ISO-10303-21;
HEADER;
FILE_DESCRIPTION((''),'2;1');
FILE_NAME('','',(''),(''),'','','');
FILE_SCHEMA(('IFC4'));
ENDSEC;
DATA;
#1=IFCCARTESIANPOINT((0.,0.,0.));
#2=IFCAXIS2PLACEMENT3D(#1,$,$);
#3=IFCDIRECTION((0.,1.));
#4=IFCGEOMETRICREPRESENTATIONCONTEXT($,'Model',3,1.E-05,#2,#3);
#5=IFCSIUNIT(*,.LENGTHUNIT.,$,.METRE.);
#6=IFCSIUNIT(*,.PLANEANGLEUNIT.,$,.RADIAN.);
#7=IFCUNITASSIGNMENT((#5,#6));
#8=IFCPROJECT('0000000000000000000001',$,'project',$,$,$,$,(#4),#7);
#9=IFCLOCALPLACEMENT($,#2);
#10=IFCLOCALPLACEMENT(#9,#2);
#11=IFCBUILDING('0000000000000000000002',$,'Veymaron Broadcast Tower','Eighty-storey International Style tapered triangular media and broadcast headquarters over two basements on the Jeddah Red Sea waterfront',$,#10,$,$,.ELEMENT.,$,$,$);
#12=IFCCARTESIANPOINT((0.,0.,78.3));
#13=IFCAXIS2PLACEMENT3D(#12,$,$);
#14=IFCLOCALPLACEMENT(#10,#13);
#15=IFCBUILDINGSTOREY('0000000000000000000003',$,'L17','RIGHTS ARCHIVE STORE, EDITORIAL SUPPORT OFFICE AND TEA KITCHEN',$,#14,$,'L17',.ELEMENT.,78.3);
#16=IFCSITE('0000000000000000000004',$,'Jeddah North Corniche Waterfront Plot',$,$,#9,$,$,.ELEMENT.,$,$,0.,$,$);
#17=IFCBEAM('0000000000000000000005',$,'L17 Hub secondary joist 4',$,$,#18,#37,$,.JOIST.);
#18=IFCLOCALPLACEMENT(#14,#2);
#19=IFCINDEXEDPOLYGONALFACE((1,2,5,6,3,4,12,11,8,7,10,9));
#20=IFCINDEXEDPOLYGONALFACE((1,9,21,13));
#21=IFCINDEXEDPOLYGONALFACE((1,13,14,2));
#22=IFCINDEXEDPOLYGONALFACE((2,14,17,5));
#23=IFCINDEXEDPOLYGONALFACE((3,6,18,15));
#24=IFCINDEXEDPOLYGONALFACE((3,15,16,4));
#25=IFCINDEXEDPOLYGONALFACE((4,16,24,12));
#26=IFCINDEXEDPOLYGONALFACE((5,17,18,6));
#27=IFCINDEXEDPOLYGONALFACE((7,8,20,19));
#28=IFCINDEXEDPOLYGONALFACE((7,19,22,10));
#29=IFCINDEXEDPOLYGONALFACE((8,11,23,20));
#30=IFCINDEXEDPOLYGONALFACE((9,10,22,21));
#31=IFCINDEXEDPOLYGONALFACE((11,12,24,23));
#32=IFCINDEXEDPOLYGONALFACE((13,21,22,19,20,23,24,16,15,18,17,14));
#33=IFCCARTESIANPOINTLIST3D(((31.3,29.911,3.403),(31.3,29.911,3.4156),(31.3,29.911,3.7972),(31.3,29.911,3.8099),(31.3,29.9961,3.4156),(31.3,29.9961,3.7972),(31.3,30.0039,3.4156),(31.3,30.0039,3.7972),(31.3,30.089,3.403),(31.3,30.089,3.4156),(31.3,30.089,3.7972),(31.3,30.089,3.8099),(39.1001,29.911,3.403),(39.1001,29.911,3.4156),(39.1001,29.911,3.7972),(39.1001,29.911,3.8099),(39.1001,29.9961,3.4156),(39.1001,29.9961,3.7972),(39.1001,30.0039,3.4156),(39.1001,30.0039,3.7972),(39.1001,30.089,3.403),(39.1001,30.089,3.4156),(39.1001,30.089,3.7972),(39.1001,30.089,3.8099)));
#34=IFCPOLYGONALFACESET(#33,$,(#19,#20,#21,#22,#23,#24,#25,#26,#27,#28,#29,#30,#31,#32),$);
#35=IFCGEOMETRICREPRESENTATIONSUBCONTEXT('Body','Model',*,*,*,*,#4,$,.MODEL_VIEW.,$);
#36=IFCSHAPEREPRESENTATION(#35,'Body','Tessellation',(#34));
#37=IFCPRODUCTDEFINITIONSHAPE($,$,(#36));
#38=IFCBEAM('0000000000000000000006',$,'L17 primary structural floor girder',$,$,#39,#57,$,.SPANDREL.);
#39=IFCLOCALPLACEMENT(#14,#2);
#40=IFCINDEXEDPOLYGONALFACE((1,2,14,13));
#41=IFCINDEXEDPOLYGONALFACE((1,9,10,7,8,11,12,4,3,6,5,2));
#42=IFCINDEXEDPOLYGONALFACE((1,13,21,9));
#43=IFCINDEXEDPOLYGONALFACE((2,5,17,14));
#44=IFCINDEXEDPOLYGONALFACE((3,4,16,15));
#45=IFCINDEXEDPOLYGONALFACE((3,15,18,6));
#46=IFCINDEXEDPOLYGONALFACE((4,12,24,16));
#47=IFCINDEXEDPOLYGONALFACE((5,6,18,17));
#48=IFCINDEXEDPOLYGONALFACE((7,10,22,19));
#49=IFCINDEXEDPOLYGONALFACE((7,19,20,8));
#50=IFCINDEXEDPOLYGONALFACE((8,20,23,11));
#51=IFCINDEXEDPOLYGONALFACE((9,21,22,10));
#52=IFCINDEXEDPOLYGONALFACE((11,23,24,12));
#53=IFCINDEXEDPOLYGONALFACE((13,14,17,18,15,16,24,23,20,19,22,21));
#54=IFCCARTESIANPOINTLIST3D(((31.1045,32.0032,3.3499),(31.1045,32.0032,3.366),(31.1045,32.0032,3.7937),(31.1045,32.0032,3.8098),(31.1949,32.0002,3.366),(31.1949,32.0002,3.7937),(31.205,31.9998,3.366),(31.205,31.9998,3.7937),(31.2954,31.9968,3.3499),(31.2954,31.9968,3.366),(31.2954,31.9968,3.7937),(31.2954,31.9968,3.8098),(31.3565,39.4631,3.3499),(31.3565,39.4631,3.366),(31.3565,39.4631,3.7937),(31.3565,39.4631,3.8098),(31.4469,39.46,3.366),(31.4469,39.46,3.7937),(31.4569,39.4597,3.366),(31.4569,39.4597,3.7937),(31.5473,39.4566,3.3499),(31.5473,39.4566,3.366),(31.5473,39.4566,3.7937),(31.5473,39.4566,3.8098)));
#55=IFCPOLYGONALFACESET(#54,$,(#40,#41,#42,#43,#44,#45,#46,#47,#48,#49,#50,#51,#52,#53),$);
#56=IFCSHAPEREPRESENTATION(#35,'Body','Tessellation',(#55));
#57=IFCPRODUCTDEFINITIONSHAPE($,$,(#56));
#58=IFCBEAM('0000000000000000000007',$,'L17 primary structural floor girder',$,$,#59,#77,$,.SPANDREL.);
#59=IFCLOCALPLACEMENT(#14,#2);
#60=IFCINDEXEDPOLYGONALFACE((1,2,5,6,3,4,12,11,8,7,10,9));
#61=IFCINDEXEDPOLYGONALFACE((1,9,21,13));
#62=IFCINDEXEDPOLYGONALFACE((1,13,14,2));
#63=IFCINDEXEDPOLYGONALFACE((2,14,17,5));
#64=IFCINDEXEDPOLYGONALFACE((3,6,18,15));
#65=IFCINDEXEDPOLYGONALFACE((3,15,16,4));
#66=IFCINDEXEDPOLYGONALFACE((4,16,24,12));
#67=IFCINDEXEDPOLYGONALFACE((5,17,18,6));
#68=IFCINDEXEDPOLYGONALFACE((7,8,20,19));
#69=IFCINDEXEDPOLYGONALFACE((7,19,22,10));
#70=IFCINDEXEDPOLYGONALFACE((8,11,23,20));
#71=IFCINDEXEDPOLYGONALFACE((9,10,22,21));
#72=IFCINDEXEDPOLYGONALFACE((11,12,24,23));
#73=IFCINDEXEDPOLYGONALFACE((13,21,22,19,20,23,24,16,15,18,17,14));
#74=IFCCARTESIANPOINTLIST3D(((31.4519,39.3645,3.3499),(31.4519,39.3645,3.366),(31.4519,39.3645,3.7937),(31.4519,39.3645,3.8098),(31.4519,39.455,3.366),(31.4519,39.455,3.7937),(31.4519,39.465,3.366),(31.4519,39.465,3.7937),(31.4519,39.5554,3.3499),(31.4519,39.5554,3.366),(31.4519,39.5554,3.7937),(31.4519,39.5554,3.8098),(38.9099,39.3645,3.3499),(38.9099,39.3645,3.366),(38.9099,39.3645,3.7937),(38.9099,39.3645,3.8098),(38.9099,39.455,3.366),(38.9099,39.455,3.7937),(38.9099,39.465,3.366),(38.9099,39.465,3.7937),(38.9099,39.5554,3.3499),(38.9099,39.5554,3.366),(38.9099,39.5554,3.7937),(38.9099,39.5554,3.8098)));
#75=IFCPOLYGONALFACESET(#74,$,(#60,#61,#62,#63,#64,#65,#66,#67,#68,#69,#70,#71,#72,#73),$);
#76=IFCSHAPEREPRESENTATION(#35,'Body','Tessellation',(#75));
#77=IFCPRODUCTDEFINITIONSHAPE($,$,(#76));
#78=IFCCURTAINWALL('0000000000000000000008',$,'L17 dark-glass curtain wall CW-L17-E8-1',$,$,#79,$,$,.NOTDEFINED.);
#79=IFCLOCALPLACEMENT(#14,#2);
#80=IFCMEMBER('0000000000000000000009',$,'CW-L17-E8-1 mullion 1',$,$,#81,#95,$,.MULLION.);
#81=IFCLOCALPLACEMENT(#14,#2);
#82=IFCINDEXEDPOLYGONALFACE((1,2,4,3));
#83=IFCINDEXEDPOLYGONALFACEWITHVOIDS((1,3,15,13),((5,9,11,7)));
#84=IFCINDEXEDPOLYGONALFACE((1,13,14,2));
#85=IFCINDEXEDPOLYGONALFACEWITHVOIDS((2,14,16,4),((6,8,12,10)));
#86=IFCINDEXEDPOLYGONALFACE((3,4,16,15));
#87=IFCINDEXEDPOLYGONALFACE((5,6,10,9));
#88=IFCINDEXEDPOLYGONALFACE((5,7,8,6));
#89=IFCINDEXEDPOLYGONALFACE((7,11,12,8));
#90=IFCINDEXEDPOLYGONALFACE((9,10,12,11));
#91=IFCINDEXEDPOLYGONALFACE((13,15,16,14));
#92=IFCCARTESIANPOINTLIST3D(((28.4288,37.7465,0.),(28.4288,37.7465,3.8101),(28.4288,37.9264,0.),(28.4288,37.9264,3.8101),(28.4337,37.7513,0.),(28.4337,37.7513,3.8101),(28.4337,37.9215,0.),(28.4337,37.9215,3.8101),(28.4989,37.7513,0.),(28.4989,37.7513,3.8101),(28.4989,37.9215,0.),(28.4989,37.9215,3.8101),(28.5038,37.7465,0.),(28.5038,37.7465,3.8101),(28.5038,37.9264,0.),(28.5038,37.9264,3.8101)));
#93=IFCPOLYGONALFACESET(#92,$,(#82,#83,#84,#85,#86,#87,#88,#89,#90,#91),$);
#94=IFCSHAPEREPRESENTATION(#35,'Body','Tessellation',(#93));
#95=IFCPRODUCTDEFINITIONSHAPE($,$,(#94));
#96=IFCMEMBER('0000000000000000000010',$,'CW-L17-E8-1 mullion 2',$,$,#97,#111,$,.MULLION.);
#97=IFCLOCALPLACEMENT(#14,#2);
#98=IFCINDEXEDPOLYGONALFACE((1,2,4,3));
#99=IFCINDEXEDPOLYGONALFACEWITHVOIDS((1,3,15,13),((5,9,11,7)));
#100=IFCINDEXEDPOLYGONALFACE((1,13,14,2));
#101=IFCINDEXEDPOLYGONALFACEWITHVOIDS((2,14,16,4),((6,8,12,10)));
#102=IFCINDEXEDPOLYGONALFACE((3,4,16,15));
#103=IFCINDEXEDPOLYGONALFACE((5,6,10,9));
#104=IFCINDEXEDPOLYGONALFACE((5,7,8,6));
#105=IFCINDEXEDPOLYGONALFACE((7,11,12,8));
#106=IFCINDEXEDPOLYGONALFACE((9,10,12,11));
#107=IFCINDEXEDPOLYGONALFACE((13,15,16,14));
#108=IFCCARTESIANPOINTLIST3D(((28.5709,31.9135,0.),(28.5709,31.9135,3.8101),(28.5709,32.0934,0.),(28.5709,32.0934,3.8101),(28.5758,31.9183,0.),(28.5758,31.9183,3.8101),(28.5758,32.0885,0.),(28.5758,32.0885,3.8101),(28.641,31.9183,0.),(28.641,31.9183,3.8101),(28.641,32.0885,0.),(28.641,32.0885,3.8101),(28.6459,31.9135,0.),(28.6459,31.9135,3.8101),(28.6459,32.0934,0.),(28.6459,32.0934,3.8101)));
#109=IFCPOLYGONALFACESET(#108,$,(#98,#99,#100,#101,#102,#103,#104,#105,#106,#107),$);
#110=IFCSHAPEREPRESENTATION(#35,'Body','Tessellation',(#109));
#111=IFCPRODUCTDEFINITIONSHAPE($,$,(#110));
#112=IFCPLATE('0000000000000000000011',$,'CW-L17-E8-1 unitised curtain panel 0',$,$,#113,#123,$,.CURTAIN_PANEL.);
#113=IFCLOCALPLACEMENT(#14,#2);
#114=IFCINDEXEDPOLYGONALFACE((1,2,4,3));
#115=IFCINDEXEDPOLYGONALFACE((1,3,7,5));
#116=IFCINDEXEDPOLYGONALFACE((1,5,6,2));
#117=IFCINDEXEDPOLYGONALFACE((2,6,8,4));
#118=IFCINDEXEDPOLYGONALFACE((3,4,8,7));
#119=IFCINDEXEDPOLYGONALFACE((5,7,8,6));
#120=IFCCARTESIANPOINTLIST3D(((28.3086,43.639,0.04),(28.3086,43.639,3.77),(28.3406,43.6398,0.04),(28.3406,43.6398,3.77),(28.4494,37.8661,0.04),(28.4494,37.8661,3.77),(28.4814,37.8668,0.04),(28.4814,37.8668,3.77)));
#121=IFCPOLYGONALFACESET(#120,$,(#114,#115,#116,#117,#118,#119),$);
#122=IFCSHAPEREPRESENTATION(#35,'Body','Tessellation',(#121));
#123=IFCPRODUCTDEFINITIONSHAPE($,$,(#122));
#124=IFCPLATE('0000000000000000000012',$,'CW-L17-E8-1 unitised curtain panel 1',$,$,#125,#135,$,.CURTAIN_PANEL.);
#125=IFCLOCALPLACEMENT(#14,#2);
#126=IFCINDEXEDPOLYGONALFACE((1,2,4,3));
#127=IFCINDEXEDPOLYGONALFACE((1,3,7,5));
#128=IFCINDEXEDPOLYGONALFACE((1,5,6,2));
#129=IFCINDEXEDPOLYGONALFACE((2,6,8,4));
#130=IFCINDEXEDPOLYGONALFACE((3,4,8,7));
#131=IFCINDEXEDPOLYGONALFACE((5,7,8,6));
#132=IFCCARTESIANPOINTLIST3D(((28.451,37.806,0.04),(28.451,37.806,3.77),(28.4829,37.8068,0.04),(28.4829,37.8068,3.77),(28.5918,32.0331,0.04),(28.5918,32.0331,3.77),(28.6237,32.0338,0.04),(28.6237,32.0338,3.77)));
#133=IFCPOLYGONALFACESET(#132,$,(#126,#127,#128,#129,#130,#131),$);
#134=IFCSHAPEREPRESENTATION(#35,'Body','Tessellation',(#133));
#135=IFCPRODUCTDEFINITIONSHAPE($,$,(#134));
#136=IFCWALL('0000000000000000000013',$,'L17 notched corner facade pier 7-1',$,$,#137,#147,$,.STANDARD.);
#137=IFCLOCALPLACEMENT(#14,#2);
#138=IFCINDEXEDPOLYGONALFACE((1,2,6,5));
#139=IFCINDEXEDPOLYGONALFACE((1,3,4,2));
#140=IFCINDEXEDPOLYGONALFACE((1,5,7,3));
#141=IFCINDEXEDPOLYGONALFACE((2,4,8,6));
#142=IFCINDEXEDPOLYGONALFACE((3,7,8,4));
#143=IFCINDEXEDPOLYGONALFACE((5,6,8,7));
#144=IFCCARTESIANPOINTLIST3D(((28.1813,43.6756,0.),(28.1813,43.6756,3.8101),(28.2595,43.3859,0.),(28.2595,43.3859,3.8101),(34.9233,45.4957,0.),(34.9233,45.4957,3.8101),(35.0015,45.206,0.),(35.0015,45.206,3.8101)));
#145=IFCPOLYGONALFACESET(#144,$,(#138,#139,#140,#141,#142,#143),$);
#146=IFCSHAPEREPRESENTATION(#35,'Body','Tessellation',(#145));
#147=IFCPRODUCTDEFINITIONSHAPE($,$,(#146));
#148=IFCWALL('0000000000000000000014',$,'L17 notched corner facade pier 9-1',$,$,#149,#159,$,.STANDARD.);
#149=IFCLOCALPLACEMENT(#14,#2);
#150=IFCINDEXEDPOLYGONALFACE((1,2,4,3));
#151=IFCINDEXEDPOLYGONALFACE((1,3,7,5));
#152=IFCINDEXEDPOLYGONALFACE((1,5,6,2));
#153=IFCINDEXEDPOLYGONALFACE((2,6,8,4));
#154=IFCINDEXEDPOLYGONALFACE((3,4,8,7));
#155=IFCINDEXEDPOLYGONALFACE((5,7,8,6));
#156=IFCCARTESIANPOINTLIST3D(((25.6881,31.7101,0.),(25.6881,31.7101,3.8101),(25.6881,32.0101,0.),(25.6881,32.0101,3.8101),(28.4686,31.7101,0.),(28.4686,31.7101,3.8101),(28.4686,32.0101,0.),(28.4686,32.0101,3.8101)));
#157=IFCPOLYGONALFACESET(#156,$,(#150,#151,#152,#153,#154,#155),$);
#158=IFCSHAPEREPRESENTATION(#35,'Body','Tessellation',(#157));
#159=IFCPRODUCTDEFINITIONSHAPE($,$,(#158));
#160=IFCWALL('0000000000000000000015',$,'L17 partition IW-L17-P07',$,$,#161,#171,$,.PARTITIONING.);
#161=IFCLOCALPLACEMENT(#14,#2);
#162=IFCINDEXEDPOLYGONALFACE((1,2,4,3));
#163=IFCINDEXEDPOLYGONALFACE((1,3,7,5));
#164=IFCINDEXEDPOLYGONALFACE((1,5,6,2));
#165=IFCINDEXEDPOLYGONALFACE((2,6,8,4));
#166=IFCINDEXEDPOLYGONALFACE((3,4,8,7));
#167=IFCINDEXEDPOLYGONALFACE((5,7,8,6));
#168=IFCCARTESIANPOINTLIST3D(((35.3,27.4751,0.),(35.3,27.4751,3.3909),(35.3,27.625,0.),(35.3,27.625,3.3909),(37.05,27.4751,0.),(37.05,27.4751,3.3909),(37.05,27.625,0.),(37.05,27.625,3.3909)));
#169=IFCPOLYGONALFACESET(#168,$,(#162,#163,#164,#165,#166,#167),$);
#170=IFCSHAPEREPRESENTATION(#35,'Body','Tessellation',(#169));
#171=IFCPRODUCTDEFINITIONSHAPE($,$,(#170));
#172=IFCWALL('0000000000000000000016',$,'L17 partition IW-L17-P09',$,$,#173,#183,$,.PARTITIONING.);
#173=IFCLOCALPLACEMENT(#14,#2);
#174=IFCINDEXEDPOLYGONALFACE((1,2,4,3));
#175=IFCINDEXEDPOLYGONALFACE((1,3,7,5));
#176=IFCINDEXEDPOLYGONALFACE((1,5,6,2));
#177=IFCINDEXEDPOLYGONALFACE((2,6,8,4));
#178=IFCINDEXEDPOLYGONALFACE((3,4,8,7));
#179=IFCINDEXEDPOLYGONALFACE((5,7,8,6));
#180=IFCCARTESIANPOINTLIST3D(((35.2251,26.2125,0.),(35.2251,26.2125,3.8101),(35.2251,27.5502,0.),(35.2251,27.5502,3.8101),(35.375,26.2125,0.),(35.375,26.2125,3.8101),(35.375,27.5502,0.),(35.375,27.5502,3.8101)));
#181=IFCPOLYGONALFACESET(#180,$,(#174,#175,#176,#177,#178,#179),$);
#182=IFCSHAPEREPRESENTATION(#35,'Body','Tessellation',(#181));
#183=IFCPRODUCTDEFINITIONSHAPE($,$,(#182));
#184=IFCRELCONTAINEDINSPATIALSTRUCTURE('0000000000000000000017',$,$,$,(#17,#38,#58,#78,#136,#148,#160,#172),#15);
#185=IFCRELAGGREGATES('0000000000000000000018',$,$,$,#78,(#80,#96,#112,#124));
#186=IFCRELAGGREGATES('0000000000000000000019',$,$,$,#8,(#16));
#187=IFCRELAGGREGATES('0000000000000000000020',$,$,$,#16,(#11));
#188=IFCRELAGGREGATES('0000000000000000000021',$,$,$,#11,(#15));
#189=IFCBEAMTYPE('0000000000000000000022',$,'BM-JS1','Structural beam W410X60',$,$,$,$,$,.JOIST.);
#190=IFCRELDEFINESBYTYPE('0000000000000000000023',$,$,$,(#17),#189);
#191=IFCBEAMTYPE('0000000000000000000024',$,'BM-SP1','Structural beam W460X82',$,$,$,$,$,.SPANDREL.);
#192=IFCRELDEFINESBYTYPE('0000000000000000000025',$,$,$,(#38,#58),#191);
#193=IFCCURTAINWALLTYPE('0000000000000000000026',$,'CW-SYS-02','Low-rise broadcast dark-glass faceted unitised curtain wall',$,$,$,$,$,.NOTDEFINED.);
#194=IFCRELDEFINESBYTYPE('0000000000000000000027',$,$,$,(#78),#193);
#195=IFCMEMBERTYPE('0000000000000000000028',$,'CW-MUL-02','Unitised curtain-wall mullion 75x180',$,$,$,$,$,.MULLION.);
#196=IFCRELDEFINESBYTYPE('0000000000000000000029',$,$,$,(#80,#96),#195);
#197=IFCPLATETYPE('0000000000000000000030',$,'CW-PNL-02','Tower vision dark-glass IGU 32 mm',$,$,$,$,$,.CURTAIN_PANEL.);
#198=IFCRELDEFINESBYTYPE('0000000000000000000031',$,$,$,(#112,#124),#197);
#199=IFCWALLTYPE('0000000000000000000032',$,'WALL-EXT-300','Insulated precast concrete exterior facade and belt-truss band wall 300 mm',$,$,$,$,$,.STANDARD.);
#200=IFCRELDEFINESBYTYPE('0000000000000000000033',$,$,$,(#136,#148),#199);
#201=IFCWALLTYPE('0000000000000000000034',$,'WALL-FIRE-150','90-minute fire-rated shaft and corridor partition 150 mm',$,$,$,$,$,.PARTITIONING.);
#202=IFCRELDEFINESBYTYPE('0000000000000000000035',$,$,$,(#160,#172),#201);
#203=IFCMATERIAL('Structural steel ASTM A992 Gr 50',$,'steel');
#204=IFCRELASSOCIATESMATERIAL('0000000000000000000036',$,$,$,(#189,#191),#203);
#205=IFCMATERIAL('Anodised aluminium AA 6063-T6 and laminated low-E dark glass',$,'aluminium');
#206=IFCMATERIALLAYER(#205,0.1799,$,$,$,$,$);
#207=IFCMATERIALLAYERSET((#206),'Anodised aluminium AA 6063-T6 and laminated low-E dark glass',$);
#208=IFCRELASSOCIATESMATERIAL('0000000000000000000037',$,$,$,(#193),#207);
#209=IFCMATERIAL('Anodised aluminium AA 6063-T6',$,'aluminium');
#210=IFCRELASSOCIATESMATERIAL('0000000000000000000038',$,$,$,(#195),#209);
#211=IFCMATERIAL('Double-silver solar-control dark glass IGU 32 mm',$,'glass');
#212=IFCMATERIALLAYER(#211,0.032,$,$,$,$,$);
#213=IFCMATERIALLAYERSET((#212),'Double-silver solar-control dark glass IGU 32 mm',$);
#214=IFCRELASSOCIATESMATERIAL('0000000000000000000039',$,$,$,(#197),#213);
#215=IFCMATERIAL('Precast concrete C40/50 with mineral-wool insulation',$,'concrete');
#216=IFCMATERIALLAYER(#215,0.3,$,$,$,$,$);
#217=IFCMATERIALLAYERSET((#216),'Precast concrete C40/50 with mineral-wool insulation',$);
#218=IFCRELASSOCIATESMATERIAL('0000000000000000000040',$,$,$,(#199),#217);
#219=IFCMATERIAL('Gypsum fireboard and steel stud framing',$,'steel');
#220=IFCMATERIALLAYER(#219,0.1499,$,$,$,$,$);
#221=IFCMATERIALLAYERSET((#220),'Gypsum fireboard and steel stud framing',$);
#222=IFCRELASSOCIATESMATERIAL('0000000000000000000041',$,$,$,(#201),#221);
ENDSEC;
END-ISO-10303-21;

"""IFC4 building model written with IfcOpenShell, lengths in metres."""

from ifc_helpers import new_model, si_unit, direction, frame, frame_2d, origin, origin_2d, place, context, subcontext, project, spatial, rectangle, hollow_rectangle, i_section, extrude, material, layer, layer_set, material_profile, profile_set, type_object, element, aggregate, save


model = new_model("IFC4")

# Units and contexts
model_context = context("Model", 3, precision=1e-05, world=origin(), true_north=direction((0.0, 1.0)))
body_context = subcontext(model_context, "Body", "Model", "MODEL_VIEW")
ifc_project = project(units=[si_unit("LENGTHUNIT", "METRE"), si_unit("PLANEANGLEUNIT", "RADIAN")], contexts=[model_context])

# Site, building, storey
site_placement = place(None, origin())
site = spatial("IfcSite", under=ifc_project, at=site_placement, Name="Jeddah North Corniche Waterfront Plot", CompositionType="ELEMENT", RefElevation=0.0)
building_placement = place(site_placement, origin())
building = spatial("IfcBuilding", under=site, at=building_placement, Name="Veymaron Broadcast Tower", Description="Eighty-storey International Style tapered triangular media and broadcast headquarters over two basements on the Jeddah Red Sea waterfront", CompositionType="ELEMENT")
storey_placement = place(building_placement, frame((0.0, 0.0, 78.3)))
storey = spatial("IfcBuildingStorey", under=building, at=storey_placement, Name="L17", Description="RIGHTS ARCHIVE STORE, EDITORIAL SUPPORT OFFICE AND TEA KITCHEN", LongName="L17", CompositionType="ELEMENT", Elevation=78.3)

# Beams
ifc_material_1 = material(Name="Structural steel ASTM A992 Gr 50", Category="steel")
ifc_material_profile_1 = material_profile(ifc_material_1, i_section(OverallWidth=0.178, OverallDepth=0.407, WebThickness=0.0078, FlangeThickness=0.0127, at=origin_2d()), Name="W410X60")
ifc_profile_set_1 = profile_set([ifc_material_profile_1], Name="Structural steel ASTM A992 Gr 50")
beam_type_1 = type_object("IfcBeamType", Name="BM-JS1", Description="Structural beam W410X60", PredefinedType="JOIST", material=ifc_profile_set_1)
for number, where, z_axis, x_axis, name in (
    (1, (31.3, 30.0, 3.6064), (1.0, 0.0, 0.0), (0.0, 1.0, 0.0), "L17 Hub secondary joist 4"),
):
    element("IfcBeam", number, at=place(storey_placement, frame(where, z_axis=z_axis, x_axis=x_axis)), inside=storey, type_object=beam_type_1, Name=name, PredefinedType="JOIST", context=body_context, shape_type="SweptSolid", body=[
        extrude(i_section(OverallWidth=0.178, OverallDepth=0.407, WebThickness=0.0078, FlangeThickness=0.0127, at=origin_2d()), origin(), (0.0, 0.0, 1.0), 7.8),
    ])
ifc_material_profile_2 = material_profile(ifc_material_1, i_section(OverallWidth=0.1909, OverallDepth=0.46, WebThickness=0.01, FlangeThickness=0.0161, at=origin_2d()), Name="W460X82")
ifc_profile_set_2 = profile_set([ifc_material_profile_2], Name="Structural steel ASTM A992 Gr 50")
beam_type_2 = type_object("IfcBeamType", Name="BM-SP1", Description="Structural beam W460X82", PredefinedType="SPANDREL", material=ifc_profile_set_2)
beam_1_placement = place(storey_placement, frame((31.2, 32.0, 3.5798), z_axis=(0.033755, 0.99943, 0.0), x_axis=(-0.99943, 0.033755, 0.0)))
element("IfcBeam", 2, at=beam_1_placement, inside=storey, type_object=beam_type_2, Name="L17 primary structural floor girder", PredefinedType="SPANDREL", context=body_context, shape_type="SweptSolid", body=[
    extrude(i_section(OverallWidth=0.1909, OverallDepth=0.46, WebThickness=0.01, FlangeThickness=0.0161, at=origin_2d()), origin(), (0.0, 0.0, 1.0), 7.4641),
])
beam_2_placement = place(storey_placement, frame((31.4519, 39.46, 3.5798), z_axis=(1.0, 0.0, 0.0), x_axis=(0.0, 1.0, 0.0)))
element("IfcBeam", 3, at=beam_2_placement, inside=storey, type_object=beam_type_2, Name="L17 primary structural floor girder", PredefinedType="SPANDREL", context=body_context, shape_type="SweptSolid", body=[
    extrude(i_section(OverallWidth=0.1909, OverallDepth=0.46, WebThickness=0.01, FlangeThickness=0.0161, at=origin_2d()), origin(), (0.0, 0.0, 1.0), 7.458),
])

# Curtain wall, members, plates
ifc_material_2 = material(Name="Anodised aluminium AA 6063-T6 and laminated low-E dark glass", Category="aluminium")
ifc_layer_1 = layer(ifc_material_2, 0.1799)
ifc_layer_set_1 = layer_set([ifc_layer_1], Name="Anodised aluminium AA 6063-T6 and laminated low-E dark glass")
curtain_wall_type = type_object("IfcCurtainWallType", Name="CW-SYS-02", Description="Low-rise broadcast dark-glass faceted unitised curtain wall", PredefinedType="NOTDEFINED", material=ifc_layer_set_1)
curtain_wall_placement = place(storey_placement, origin())
curtain_wall = element("IfcCurtainWall", 4, at=curtain_wall_placement, inside=storey, type_object=curtain_wall_type, Name="L17 dark-glass curtain wall CW-L17-E8-1", PredefinedType="NOTDEFINED")
ifc_material_3 = material(Name="Anodised aluminium AA 6063-T6", Category="aluminium")
ifc_material_profile_3 = material_profile(ifc_material_3, hollow_rectangle(XDim=0.075, YDim=0.1799, WallThickness=0.0049, at=origin_2d()), Name="AL180X75X5")
ifc_profile_set_3 = profile_set([ifc_material_profile_3], Name="Anodised aluminium AA 6063-T6")
member_type = type_object("IfcMemberType", Name="CW-MUL-02", Description="Unitised curtain-wall mullion 75x180", PredefinedType="MULLION", material=ifc_profile_set_3)
member_1_placement = place(storey_placement, frame((28.4663, 37.8364, 0.0), z_axis=(0.0, 0.0, 1.0), x_axis=(1.0, 0.0, 0.0)))
member_1 = element("IfcMember", 5, at=member_1_placement, type_object=member_type, Name="CW-L17-E8-1 mullion 1", PredefinedType="MULLION", context=body_context, shape_type="SweptSolid", body=[
    extrude(hollow_rectangle(XDim=0.075, YDim=0.1799, WallThickness=0.0049, at=origin_2d()), origin(), (0.0, 0.0, 1.0), 3.8101),
])
member_2_placement = place(storey_placement, frame((28.6084, 32.0034, 0.0), z_axis=(0.0, 0.0, 1.0), x_axis=(1.0, 0.0, 0.0)))
member_2 = element("IfcMember", 6, at=member_2_placement, type_object=member_type, Name="CW-L17-E8-1 mullion 2", PredefinedType="MULLION", context=body_context, shape_type="SweptSolid", body=[
    extrude(hollow_rectangle(XDim=0.075, YDim=0.1799, WallThickness=0.0049, at=origin_2d()), origin(), (0.0, 0.0, 1.0), 3.8101),
])
ifc_material_4 = material(Name="Double-silver solar-control dark glass IGU 32 mm", Category="glass")
ifc_layer_2 = layer(ifc_material_4, 0.032)
ifc_layer_set_2 = layer_set([ifc_layer_2], Name="Double-silver solar-control dark glass IGU 32 mm")
plate_type = type_object("IfcPlateType", Name="CW-PNL-02", Description="Tower vision dark-glass IGU 32 mm", PredefinedType="CURTAIN_PANEL", material=ifc_layer_set_2)
plate_1_placement = place(storey_placement, frame((28.395, 40.7529, 0.04), z_axis=(0.0, 0.0, 1.0), x_axis=(0.02438, -0.999703, 0.0)))
plate_1 = element("IfcPlate", 7, at=plate_1_placement, type_object=plate_type, Name="CW-L17-E8-1 unitised curtain panel 0", PredefinedType="CURTAIN_PANEL", context=body_context, shape_type="SweptSolid", body=[
    extrude(rectangle(XDim=5.7747, YDim=0.032, at=origin_2d()), origin(), (0.0, 0.0, 1.0), 3.73),
])
plate_2_placement = place(storey_placement, frame((28.5374, 34.9199, 0.04), z_axis=(0.0, 0.0, 1.0), x_axis=(0.02438, -0.999703, 0.0)))
plate_2 = element("IfcPlate", 8, at=plate_2_placement, type_object=plate_type, Name="CW-L17-E8-1 unitised curtain panel 1", PredefinedType="CURTAIN_PANEL", context=body_context, shape_type="SweptSolid", body=[
    extrude(rectangle(XDim=5.7747, YDim=0.032, at=origin_2d()), origin(), (0.0, 0.0, 1.0), 3.73),
])
aggregate(curtain_wall, [member_1, member_2, plate_1, plate_2])

# Walls
ifc_material_5 = material(Name="Precast concrete C40/50 with mineral-wool insulation", Category="concrete")
ifc_layer_3 = layer(ifc_material_5, 0.3)
ifc_layer_set_3 = layer_set([ifc_layer_3], Name="Precast concrete C40/50 with mineral-wool insulation")
wall_type_1 = type_object("IfcWallType", Name="WALL-EXT-300", Description="Insulated precast concrete exterior facade and belt-truss band wall 300 mm", PredefinedType="STANDARD", material=ifc_layer_set_3)
wall_1_placement = place(storey_placement, frame((34.9624, 45.3508, 0.0), z_axis=(0.0, 0.0, 1.0), x_axis=(-0.965438, -0.260632, 0.0)))
element("IfcWall", 9, at=wall_1_placement, inside=storey, type_object=wall_type_1, Name="L17 notched corner facade pier 7-1", PredefinedType="STANDARD", context=body_context, shape_type="SweptSolid", body=[
    extrude(rectangle(XDim=6.9834, YDim=0.3, at=frame_2d((3.4917, 0.0))), origin(), (0.0, 0.0, 1.0), 3.8101),
])
wall_2_placement = place(storey_placement, frame((28.4685, 31.8601, 0.0), z_axis=(0.0, 0.0, 1.0), x_axis=(-1.0, 0.0, 0.0)))
element("IfcWall", 10, at=wall_2_placement, inside=storey, type_object=wall_type_1, Name="L17 notched corner facade pier 9-1", PredefinedType="STANDARD", context=body_context, shape_type="SweptSolid", body=[
    extrude(rectangle(XDim=2.7805, YDim=0.3, at=frame_2d((1.3901, 0.0))), origin(), (0.0, 0.0, 1.0), 3.8101),
])
ifc_material_6 = material(Name="Gypsum fireboard and steel stud framing", Category="steel")
ifc_layer_4 = layer(ifc_material_6, 0.1499)
ifc_layer_set_4 = layer_set([ifc_layer_4], Name="Gypsum fireboard and steel stud framing")
wall_type_2 = type_object("IfcWallType", Name="WALL-FIRE-150", Description="90-minute fire-rated shaft and corridor partition 150 mm", PredefinedType="PARTITIONING", material=ifc_layer_set_4)
wall_3_placement = place(storey_placement, frame((35.3, 27.55, 0.0), z_axis=(0.0, 0.0, 1.0), x_axis=(1.0, 0.0, 0.0)))
element("IfcWall", 11, at=wall_3_placement, inside=storey, type_object=wall_type_2, Name="L17 partition IW-L17-P07", PredefinedType="PARTITIONING", context=body_context, shape_type="SweptSolid", body=[
    extrude(rectangle(XDim=1.75, YDim=0.1499, at=frame_2d((0.875, 0.0))), origin(), (0.0, 0.0, 1.0), 3.3909),
])
wall_4_placement = place(storey_placement, frame((35.3, 26.2124, 0.0), z_axis=(0.0, 0.0, 1.0), x_axis=(0.0, 1.0, 0.0)))
element("IfcWall", 12, at=wall_4_placement, inside=storey, type_object=wall_type_2, Name="L17 partition IW-L17-P09", PredefinedType="PARTITIONING", context=body_context, shape_type="SweptSolid", body=[
    extrude(rectangle(XDim=1.3376, YDim=0.1499, at=frame_2d((0.6689, 0.0))), origin(), (0.0, 0.0, 1.0), 3.8101),
])

save(model, "model.ifc")
